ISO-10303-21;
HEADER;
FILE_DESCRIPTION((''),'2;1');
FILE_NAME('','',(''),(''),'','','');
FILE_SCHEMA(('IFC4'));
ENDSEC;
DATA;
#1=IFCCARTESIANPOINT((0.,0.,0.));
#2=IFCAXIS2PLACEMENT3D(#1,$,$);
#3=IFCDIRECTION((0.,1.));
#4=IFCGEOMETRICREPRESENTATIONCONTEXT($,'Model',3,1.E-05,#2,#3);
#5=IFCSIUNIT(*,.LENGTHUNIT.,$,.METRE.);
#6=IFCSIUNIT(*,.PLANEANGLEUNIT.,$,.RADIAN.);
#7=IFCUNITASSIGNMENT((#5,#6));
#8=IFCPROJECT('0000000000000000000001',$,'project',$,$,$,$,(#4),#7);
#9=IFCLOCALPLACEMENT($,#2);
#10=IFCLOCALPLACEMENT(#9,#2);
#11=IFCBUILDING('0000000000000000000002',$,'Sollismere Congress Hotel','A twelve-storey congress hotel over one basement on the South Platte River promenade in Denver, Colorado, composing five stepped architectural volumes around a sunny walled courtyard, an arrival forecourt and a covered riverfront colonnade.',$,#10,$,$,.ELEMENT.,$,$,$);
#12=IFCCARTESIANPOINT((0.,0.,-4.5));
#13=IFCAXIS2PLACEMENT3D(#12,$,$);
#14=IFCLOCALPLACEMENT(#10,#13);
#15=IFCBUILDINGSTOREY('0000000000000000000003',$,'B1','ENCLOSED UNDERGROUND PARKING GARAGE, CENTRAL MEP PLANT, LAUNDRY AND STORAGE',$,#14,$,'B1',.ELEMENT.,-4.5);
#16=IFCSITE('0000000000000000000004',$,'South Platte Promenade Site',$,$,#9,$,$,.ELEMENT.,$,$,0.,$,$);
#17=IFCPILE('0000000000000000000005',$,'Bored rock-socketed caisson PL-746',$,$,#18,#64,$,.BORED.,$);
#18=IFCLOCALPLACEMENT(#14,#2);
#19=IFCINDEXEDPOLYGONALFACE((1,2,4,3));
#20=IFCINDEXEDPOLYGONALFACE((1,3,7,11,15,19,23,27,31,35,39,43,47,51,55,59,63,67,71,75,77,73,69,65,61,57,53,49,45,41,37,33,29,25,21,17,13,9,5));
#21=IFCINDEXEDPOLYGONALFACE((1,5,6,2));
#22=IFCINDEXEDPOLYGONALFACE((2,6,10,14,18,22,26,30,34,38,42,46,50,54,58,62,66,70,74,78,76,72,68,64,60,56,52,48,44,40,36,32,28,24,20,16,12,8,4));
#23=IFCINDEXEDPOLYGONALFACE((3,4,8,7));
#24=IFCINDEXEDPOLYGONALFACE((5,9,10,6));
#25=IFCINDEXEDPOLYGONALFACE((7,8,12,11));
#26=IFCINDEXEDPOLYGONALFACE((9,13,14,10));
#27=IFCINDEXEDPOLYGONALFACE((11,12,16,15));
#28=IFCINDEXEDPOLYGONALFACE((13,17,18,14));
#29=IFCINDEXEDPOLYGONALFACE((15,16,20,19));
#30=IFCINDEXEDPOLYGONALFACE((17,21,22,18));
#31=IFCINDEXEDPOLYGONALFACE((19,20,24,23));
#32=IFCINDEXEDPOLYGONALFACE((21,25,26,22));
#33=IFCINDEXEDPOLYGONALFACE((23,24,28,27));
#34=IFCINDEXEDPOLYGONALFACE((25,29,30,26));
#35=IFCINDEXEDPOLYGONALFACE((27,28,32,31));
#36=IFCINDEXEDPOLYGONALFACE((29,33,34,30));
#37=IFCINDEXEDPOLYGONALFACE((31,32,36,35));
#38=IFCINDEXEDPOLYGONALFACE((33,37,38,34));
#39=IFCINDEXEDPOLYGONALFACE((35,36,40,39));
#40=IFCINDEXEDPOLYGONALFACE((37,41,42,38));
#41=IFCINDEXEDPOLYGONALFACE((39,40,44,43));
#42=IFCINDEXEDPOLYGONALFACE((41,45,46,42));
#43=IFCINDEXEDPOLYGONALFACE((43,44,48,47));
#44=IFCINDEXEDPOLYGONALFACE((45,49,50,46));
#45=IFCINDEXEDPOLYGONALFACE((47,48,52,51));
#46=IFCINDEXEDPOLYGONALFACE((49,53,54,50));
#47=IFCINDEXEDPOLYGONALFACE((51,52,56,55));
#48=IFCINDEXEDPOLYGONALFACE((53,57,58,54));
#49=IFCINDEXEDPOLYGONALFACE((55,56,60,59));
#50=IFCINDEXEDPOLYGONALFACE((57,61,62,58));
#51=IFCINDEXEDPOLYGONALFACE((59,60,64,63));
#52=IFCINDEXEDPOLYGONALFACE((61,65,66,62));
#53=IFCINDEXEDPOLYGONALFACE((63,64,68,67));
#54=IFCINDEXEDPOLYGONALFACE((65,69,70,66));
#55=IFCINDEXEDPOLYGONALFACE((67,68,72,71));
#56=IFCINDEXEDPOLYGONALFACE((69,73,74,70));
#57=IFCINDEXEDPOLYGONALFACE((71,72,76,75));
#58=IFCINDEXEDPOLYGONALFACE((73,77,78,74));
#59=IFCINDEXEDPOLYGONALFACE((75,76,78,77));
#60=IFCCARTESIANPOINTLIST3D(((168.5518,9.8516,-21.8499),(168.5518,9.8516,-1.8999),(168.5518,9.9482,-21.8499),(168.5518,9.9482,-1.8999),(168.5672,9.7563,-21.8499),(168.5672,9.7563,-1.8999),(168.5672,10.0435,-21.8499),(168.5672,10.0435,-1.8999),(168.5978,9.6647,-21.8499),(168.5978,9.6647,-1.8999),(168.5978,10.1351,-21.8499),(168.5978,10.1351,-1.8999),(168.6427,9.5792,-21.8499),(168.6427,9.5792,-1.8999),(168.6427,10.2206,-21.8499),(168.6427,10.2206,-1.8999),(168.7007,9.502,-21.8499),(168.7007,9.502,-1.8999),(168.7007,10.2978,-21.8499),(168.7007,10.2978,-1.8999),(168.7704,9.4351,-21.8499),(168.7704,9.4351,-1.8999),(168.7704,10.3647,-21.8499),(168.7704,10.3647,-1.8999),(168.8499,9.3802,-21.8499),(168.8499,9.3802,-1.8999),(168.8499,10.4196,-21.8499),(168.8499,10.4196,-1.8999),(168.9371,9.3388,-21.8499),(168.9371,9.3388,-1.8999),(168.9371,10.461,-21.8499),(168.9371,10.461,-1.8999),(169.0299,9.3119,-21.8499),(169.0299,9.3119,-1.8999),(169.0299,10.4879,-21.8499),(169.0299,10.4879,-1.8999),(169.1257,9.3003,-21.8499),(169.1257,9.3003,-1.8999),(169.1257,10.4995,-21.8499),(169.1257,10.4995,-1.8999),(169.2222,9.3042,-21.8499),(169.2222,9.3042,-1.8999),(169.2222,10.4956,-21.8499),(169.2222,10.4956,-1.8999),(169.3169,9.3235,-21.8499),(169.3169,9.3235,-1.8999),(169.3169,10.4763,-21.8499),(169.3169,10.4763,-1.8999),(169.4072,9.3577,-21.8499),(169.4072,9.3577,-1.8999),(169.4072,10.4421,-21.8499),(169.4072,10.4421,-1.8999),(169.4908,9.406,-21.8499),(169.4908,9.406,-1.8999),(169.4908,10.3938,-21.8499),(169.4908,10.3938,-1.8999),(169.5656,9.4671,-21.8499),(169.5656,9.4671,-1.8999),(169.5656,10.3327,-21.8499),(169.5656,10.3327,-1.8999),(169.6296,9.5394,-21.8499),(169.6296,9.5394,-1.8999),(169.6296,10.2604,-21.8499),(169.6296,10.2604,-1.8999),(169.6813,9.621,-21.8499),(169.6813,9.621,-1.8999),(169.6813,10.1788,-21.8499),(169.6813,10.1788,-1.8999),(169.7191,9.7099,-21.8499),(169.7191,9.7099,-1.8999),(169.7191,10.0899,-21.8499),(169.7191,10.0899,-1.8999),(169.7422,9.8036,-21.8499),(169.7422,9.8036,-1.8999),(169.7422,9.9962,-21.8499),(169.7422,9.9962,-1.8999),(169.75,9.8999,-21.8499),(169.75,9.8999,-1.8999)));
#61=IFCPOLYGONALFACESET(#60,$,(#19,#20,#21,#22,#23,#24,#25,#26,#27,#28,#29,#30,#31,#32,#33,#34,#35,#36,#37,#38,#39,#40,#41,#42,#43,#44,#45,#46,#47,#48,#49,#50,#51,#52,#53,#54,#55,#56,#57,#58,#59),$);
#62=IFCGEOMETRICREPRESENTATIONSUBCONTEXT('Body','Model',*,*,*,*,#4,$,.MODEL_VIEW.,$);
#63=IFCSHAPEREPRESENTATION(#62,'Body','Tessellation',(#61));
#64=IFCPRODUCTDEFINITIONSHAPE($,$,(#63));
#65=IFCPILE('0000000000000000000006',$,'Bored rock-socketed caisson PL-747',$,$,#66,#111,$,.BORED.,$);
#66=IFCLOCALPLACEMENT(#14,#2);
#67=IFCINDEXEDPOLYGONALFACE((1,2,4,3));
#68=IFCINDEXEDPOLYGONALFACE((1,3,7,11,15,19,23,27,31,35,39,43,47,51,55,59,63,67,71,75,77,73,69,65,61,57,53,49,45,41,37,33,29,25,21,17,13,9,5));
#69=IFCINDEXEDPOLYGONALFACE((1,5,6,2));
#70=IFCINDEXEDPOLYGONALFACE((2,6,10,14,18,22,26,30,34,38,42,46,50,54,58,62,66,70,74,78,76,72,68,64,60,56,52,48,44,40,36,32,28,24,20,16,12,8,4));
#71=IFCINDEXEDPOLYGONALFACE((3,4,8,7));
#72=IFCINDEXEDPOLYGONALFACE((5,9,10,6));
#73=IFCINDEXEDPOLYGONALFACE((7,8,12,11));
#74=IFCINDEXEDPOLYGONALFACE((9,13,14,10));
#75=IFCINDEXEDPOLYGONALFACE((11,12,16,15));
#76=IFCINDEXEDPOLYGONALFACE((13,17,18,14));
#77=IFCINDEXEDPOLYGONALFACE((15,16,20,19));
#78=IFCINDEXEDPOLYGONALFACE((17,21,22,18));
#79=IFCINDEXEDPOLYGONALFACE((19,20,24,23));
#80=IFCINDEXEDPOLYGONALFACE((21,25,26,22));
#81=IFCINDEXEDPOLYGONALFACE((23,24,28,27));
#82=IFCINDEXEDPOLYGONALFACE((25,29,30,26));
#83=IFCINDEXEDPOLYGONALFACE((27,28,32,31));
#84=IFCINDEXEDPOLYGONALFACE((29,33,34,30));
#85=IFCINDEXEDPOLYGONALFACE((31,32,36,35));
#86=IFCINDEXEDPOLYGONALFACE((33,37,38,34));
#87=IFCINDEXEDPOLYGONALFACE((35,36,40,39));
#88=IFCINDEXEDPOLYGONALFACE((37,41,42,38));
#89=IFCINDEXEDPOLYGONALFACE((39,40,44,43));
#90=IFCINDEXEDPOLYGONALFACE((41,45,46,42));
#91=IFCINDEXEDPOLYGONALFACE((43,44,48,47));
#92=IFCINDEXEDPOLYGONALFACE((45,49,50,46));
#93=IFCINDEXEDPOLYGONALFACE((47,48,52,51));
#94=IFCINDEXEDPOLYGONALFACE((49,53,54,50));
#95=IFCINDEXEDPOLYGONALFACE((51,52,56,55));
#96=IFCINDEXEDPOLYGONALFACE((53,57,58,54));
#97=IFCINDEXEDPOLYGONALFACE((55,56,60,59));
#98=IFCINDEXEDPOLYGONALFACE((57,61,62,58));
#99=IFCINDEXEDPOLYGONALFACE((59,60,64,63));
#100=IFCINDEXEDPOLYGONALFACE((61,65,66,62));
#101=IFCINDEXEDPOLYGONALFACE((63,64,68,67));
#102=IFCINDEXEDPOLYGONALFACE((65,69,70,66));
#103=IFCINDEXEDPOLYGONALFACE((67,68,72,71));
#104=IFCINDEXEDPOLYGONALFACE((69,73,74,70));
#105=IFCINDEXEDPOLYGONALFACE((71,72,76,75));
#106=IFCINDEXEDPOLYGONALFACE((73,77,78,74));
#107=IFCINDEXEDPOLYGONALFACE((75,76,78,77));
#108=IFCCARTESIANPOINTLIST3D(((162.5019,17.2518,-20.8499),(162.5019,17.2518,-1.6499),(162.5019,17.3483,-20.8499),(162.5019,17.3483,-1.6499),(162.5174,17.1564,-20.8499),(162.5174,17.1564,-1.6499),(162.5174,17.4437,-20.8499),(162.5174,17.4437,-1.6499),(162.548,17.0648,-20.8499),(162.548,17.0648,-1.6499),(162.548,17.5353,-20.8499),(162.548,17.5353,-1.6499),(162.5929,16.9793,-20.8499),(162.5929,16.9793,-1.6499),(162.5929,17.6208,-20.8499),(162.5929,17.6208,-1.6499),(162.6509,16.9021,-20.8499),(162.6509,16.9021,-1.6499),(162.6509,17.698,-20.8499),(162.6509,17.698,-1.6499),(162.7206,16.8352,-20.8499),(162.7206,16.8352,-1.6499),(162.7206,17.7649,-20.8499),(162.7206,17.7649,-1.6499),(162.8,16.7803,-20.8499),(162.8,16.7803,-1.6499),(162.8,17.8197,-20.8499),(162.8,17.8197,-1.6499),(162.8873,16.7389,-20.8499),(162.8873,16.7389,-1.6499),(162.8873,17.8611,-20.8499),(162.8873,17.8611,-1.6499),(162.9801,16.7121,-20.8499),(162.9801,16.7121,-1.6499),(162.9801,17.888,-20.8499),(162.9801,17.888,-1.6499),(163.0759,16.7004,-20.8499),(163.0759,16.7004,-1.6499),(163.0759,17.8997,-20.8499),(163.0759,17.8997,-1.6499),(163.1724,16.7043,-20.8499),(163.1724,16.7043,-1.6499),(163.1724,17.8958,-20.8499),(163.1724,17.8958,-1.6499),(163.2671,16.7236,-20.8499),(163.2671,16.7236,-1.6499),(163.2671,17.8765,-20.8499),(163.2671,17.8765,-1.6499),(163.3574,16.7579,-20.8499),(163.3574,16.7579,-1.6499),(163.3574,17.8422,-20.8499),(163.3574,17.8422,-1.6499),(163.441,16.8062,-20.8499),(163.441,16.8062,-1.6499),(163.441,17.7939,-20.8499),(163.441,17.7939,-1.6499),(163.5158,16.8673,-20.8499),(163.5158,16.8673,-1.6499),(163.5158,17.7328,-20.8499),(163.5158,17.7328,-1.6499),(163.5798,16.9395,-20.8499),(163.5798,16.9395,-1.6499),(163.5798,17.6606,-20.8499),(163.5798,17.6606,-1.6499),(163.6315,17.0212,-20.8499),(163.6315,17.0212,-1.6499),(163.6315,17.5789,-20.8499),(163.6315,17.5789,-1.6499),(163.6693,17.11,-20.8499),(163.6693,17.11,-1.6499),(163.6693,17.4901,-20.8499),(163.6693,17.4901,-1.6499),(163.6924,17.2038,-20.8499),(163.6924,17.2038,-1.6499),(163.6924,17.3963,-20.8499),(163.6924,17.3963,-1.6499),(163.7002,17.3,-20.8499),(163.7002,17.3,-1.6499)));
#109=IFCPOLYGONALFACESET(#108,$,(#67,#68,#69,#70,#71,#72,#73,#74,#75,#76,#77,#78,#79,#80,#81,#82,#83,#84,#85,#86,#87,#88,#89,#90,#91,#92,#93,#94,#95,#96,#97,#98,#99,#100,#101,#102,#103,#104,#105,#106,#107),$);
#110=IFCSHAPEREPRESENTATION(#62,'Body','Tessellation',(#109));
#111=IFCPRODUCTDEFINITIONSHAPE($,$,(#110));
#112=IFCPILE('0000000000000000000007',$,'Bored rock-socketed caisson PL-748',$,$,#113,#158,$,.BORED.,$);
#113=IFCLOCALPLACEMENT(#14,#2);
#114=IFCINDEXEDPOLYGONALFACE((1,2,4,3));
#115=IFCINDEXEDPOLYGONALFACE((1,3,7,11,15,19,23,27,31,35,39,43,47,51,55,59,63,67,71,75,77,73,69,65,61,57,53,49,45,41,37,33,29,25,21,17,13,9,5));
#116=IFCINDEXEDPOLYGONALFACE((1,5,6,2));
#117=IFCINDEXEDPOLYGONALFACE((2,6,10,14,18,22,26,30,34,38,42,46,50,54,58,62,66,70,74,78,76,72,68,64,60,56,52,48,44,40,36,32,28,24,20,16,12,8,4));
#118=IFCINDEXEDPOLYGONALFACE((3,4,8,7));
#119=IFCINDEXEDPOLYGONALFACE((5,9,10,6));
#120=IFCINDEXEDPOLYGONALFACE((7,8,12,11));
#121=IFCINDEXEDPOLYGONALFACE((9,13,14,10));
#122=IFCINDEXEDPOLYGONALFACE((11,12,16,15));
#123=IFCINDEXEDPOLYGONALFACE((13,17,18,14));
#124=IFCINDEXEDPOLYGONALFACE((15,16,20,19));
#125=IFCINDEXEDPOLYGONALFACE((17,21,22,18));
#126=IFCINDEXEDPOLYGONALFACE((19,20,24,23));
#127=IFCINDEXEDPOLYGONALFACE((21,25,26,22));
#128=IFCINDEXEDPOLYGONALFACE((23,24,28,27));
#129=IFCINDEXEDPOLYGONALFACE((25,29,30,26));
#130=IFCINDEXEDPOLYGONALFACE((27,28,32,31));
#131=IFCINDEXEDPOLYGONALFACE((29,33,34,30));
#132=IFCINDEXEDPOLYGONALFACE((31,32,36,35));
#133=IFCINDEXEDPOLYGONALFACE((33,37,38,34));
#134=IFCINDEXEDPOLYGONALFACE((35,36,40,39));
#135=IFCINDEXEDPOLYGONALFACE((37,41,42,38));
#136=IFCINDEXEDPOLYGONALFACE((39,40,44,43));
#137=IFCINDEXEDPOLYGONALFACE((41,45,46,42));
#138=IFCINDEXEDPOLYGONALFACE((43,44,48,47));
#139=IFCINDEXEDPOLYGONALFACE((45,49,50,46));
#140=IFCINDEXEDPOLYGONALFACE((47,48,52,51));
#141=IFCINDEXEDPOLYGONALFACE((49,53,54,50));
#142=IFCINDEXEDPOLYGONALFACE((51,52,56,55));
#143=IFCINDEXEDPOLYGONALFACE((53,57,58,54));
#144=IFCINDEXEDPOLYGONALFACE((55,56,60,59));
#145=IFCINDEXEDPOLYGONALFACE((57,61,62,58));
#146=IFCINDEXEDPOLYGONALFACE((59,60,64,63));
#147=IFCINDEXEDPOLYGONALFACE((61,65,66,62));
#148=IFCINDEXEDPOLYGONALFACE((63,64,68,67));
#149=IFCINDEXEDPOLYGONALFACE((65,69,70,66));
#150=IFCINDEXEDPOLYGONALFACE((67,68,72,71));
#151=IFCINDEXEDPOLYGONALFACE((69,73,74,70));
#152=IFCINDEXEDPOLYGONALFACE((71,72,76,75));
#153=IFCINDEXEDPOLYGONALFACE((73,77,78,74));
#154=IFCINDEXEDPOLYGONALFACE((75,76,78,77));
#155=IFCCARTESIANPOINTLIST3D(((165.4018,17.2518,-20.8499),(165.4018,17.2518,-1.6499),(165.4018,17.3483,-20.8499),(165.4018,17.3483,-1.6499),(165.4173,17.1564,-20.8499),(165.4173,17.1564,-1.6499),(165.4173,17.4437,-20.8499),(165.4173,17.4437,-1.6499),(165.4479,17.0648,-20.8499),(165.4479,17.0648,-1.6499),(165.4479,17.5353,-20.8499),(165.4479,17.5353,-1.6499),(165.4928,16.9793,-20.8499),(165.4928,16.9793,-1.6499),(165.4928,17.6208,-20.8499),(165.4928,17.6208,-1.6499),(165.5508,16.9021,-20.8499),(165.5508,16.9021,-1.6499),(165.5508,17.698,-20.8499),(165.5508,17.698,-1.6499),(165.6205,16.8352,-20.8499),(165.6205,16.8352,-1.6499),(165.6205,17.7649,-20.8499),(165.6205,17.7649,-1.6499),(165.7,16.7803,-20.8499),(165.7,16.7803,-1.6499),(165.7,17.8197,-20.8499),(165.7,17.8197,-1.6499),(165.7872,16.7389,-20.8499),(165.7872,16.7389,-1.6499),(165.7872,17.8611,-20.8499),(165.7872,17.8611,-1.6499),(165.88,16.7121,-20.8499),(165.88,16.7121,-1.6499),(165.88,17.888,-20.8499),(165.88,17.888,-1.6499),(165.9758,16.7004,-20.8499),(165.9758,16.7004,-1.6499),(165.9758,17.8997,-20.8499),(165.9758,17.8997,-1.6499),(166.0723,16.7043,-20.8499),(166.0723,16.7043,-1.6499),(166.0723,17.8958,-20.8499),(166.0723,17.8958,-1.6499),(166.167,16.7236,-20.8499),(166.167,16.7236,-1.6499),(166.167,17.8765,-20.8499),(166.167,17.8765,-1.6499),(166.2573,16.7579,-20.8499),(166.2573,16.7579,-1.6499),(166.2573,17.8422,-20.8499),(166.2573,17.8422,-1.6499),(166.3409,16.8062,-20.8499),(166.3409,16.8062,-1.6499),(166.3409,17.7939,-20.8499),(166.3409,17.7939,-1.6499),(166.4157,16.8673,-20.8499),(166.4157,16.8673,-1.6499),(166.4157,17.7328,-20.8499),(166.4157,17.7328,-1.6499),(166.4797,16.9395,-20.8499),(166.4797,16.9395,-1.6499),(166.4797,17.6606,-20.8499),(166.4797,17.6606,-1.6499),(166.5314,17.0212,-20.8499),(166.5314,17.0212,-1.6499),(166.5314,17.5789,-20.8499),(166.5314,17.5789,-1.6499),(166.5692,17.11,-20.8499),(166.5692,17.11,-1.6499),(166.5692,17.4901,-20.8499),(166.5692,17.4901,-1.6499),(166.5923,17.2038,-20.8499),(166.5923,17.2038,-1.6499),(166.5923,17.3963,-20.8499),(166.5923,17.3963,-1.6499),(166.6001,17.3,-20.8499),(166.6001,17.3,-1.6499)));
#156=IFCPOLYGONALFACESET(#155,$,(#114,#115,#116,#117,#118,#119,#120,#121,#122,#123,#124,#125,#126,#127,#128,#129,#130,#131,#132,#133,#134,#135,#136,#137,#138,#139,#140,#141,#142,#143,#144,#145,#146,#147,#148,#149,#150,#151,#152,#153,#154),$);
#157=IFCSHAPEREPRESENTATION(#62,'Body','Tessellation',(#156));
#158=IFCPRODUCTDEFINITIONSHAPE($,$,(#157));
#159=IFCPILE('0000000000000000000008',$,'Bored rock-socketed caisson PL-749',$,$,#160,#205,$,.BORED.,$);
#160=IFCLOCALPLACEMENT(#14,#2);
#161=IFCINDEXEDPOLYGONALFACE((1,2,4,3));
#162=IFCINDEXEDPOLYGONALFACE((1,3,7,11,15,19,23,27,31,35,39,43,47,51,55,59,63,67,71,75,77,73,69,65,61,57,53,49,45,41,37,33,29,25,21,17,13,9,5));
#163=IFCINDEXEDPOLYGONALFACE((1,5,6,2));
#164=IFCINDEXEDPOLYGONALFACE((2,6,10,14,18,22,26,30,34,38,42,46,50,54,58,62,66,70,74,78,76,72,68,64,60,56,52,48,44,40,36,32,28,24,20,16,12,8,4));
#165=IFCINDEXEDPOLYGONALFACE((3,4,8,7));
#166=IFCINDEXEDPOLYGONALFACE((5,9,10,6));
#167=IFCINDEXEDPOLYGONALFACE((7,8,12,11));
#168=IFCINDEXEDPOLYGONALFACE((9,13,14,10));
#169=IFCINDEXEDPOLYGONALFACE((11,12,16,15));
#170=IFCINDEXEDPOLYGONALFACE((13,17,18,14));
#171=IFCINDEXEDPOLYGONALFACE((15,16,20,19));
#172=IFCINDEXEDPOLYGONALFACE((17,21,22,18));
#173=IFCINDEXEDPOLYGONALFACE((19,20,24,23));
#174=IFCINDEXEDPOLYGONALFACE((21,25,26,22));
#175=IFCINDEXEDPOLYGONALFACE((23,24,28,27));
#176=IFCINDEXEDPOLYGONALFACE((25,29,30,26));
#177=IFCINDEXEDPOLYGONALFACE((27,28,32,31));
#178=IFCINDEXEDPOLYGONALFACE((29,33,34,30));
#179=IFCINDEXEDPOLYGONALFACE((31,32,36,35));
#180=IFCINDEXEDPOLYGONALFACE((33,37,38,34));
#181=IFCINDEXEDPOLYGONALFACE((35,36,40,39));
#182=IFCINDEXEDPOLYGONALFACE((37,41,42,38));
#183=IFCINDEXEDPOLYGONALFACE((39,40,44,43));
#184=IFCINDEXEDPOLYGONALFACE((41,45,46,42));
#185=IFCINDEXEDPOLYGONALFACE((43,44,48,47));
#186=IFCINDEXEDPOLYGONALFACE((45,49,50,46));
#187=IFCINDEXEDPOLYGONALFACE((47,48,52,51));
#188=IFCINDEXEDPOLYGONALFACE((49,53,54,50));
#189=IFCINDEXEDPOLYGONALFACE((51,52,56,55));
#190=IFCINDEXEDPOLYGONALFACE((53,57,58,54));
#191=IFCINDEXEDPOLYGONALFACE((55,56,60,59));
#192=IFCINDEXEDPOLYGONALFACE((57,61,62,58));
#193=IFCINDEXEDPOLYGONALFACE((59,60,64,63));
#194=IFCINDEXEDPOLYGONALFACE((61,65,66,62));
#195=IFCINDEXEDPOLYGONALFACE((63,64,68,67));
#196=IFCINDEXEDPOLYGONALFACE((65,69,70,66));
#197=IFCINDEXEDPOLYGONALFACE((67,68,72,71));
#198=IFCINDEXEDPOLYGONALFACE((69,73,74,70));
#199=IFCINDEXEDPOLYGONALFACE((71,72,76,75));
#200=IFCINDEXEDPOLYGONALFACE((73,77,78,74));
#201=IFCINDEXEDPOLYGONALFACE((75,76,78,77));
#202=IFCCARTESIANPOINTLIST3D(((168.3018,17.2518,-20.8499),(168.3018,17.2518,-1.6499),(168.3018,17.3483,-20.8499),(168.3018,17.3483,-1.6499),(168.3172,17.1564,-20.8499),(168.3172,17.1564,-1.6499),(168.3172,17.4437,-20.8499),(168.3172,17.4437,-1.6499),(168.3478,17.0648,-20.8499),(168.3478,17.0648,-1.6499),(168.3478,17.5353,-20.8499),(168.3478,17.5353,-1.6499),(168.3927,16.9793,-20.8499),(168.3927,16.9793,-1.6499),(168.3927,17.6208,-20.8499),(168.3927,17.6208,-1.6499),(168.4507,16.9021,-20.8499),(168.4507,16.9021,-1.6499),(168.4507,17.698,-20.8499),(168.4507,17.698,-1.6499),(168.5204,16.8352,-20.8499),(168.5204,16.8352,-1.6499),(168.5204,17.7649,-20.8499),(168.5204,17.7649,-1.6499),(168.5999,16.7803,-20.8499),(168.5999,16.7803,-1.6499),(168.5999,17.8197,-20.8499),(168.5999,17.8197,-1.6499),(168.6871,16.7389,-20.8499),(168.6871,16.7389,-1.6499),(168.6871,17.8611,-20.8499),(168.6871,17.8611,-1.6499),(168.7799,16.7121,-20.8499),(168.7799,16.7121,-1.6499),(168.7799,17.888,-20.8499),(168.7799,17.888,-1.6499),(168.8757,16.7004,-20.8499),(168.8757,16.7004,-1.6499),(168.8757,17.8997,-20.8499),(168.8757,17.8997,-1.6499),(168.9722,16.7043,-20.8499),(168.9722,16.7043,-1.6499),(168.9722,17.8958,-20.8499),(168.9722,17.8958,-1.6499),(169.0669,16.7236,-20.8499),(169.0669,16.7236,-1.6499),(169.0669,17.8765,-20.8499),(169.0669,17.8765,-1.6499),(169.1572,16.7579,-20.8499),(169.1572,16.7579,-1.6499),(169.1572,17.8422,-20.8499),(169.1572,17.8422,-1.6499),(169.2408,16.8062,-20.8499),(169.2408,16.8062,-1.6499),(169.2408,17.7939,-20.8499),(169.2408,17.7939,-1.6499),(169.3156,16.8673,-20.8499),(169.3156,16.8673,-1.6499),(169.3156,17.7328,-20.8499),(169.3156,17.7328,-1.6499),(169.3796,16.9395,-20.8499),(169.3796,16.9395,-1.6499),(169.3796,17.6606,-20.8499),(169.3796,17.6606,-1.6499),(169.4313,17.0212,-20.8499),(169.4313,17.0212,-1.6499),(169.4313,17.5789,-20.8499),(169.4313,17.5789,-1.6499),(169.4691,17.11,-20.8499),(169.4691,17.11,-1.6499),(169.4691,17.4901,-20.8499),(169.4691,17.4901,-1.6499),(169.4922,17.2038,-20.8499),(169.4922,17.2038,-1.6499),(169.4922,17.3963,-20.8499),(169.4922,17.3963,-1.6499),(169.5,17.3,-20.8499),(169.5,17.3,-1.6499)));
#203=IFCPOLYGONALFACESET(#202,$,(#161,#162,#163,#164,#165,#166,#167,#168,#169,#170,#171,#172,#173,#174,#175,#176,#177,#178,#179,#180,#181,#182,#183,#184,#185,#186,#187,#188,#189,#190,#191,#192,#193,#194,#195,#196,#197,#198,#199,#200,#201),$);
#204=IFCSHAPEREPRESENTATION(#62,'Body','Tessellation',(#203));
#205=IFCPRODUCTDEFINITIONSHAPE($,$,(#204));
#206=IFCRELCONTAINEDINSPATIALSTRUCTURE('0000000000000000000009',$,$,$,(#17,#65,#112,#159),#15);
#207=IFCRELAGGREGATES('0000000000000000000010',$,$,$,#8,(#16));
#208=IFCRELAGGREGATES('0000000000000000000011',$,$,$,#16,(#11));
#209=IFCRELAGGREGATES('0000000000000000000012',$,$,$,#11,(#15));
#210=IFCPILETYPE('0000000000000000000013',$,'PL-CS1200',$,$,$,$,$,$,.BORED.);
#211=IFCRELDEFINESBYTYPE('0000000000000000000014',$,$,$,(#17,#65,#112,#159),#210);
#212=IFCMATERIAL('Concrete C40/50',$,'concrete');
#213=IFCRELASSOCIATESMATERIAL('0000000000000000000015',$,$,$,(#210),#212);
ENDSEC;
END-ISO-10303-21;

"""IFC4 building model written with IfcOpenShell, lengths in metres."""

from ifc_helpers import new_model, si_unit, direction, frame, origin, origin_2d, place, context, subcontext, project, spatial, circle, extrude, material, material_profile, profile_set, type_object, element, save


model = new_model("IFC4")

# Units and contexts
model_context = context("Model", 3, precision=1e-05, world=origin(), true_north=direction((0.0, 1.0)))
body_context = subcontext(model_context, "Body", "Model", "MODEL_VIEW")
ifc_project = project(units=[si_unit("LENGTHUNIT", "METRE"), si_unit("PLANEANGLEUNIT", "RADIAN")], contexts=[model_context])

# Site, building, storey
site_placement = place(None, origin())
site = spatial("IfcSite", under=ifc_project, at=site_placement, Name="South Platte Promenade Site", CompositionType="ELEMENT", RefElevation=0.0)
building_placement = place(site_placement, origin())
building = spatial("IfcBuilding", under=site, at=building_placement, Name="Sollismere Congress Hotel", Description="A twelve-storey congress hotel over one basement on the South Platte River promenade in Denver, Colorado, composing five stepped architectural volumes around a sunny walled courtyard, an arrival forecourt and a covered riverfront colonnade.", CompositionType="ELEMENT")
storey_placement = place(building_placement, frame((0.0, 0.0, -4.5)))
storey = spatial("IfcBuildingStorey", under=building, at=storey_placement, Name="B1", Description="ENCLOSED UNDERGROUND PARKING GARAGE, CENTRAL MEP PLANT, LAUNDRY AND STORAGE", LongName="B1", CompositionType="ELEMENT", Elevation=-4.5)

# Shared definitions
ifc_material_1 = material(Name="Concrete C40/50", Category="concrete")

# Piles
ifc_material_profile_1 = material_profile(ifc_material_1, circle(Radius=0.6001, at=origin_2d()), Name="CAISSON1200")
ifc_profile_set_1 = profile_set([ifc_material_profile_1], Name="Concrete C40/50")
pile_type = type_object("IfcPileType", Name="PL-CS1200", PredefinedType="BORED", material=ifc_profile_set_1)
for number, where, z_axis, x_axis, name in (
    (1, (169.1499, 9.8999, -1.8999), (0.0, 0.0, -1.0), (1.0, 0.0, 0.0), "Bored rock-socketed caisson PL-746"),
):
    element("IfcPile", number, at=place(storey_placement, frame(where, z_axis=z_axis, x_axis=x_axis)), inside=storey, type_object=pile_type, Name=name, PredefinedType="BORED", context=body_context, shape_type="SweptSolid", body=[
        extrude(circle(Radius=0.6001, at=origin_2d()), origin(), (0.0, 0.0, 1.0), 19.95),
    ])
for number, where, z_axis, x_axis, name in (
    (2, (163.1001, 17.3, -1.6499), (0.0, 0.0, -1.0), (1.0, 0.0, 0.0), "Bored rock-socketed caisson PL-747"),
    (3, (166.0, 17.3, -1.6499), (0.0, 0.0, -1.0), (1.0, 0.0, 0.0), "Bored rock-socketed caisson PL-748"),
    (4, (168.8999, 17.3, -1.6499), (0.0, 0.0, -1.0), (1.0, 0.0, 0.0), "Bored rock-socketed caisson PL-749"),
):
    element("IfcPile", number, at=place(storey_placement, frame(where, z_axis=z_axis, x_axis=x_axis)), inside=storey, type_object=pile_type, Name=name, PredefinedType="BORED", context=body_context, shape_type="SweptSolid", body=[
        extrude(circle(Radius=0.6001, at=origin_2d()), origin(), (0.0, 0.0, 1.0), 19.2),
    ])

save(model, "model.ifc")
